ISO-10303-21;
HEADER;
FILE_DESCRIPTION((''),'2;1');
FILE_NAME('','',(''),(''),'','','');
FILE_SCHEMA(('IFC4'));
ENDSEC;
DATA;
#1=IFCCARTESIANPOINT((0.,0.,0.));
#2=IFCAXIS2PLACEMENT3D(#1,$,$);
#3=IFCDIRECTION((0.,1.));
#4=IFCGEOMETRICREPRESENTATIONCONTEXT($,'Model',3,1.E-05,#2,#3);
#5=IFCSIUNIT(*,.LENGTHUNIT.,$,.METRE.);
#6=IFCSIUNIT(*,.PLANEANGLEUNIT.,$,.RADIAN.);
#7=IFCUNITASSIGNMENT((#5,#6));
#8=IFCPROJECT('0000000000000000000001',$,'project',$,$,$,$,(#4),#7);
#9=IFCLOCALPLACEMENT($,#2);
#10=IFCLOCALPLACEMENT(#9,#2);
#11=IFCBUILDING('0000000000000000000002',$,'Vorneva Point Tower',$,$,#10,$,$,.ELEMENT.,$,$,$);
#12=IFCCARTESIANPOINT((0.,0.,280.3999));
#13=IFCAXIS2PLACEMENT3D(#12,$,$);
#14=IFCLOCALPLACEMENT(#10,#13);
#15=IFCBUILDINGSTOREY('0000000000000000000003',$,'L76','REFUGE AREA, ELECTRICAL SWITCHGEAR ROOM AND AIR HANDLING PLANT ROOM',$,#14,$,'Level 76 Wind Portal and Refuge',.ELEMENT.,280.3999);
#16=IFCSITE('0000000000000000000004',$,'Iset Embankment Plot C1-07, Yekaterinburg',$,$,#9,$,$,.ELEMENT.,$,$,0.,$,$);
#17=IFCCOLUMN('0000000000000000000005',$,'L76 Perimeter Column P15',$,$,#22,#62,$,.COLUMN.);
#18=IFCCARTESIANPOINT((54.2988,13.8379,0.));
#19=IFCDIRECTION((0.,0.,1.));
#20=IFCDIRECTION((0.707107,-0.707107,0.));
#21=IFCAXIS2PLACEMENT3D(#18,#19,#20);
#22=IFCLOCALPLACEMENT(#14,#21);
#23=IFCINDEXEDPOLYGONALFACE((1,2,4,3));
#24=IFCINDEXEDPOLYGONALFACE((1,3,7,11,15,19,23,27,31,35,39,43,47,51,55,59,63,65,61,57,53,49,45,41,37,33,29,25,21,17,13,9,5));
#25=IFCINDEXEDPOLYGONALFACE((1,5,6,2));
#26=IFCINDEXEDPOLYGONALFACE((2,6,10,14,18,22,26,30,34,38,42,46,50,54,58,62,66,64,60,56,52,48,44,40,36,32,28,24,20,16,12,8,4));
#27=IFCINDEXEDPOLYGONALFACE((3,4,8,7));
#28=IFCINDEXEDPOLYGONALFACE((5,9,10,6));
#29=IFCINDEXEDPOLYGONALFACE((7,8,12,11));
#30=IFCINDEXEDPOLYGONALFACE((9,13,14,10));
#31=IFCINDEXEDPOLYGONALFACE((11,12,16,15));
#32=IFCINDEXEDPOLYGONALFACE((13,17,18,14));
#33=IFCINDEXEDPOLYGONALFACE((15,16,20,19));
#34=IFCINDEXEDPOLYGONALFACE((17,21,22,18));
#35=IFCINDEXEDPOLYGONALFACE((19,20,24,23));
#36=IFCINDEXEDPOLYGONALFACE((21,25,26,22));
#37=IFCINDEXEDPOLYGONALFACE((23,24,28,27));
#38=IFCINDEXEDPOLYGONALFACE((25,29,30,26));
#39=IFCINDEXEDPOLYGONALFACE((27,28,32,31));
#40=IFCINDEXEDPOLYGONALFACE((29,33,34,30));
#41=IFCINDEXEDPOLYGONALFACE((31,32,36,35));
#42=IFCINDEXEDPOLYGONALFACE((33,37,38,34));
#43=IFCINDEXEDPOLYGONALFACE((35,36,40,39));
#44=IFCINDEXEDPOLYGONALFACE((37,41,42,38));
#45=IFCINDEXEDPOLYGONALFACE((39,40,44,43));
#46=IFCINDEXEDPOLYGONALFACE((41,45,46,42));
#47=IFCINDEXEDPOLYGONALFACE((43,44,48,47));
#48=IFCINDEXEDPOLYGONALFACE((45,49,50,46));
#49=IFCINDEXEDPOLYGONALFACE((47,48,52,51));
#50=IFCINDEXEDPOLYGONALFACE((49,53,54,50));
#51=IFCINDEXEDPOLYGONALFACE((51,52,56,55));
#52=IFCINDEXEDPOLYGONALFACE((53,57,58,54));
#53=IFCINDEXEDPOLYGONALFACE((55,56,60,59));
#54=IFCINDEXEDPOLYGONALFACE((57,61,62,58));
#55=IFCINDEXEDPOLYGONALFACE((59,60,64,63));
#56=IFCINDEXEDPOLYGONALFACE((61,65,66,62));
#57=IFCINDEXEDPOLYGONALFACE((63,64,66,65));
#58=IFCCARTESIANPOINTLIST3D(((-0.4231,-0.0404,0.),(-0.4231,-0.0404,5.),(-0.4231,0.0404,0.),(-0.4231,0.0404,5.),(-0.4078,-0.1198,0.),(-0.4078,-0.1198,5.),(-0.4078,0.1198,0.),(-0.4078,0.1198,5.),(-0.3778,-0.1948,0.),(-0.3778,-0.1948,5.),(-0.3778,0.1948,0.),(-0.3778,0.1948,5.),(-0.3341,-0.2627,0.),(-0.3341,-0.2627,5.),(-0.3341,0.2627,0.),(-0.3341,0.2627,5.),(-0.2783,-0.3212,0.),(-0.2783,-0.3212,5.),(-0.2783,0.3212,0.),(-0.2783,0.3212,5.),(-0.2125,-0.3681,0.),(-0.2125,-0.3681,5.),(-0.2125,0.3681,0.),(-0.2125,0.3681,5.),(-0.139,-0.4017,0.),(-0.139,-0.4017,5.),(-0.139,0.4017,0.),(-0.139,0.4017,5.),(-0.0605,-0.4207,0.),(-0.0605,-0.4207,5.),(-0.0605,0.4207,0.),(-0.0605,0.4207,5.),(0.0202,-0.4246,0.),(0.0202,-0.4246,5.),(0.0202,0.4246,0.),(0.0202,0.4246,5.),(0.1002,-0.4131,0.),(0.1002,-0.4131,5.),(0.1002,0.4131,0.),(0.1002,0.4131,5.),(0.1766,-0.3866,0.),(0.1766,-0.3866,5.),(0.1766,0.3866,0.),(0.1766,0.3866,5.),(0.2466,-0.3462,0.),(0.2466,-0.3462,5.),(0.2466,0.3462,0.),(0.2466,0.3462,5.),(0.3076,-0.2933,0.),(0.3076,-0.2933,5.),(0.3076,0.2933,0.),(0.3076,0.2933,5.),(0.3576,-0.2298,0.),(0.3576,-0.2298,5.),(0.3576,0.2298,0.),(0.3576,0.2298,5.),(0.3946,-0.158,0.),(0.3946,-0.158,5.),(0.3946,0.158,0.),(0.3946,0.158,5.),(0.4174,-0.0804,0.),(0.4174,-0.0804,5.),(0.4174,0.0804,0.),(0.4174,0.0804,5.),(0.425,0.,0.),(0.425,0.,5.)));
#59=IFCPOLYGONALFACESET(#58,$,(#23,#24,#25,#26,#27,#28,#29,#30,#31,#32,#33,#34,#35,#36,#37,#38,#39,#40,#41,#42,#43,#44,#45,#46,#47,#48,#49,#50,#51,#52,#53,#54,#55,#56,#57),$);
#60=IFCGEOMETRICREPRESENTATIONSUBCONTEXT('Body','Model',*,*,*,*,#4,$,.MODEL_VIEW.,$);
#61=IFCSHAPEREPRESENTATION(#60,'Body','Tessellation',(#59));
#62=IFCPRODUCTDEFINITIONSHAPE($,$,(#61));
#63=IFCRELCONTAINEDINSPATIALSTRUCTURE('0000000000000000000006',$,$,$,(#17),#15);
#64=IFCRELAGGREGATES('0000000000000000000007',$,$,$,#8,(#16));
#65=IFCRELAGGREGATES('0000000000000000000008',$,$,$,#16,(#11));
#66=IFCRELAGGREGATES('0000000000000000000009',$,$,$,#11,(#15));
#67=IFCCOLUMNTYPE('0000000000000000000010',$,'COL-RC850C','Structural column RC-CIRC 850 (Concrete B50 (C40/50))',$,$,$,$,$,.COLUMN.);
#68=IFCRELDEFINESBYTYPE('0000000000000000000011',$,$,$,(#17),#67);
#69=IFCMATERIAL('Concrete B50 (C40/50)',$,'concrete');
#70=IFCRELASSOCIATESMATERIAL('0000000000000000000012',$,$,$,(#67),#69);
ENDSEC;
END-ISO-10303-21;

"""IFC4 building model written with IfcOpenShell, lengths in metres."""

from ifc_helpers import new_model, si_unit, direction, frame, origin, origin_2d, place, context, subcontext, project, spatial, circle, extrude, material, material_profile, profile_set, type_object, element, save


model = new_model("IFC4")

# Units and contexts
model_context = context("Model", 3, precision=1e-05, world=origin(), true_north=direction((0.0, 1.0)))
body_context = subcontext(model_context, "Body", "Model", "MODEL_VIEW")
ifc_project = project(units=[si_unit("LENGTHUNIT", "METRE"), si_unit("PLANEANGLEUNIT", "RADIAN")], contexts=[model_context])

# Site, building, storey
site_placement = place(None, origin())
site = spatial("IfcSite", under=ifc_project, at=site_placement, Name="Iset Embankment Plot C1-07, Yekaterinburg", CompositionType="ELEMENT", RefElevation=0.0)
building_placement = place(site_placement, origin())
building = spatial("IfcBuilding", under=site, at=building_placement, Name="Vorneva Point Tower", CompositionType="ELEMENT")
storey_placement = place(building_placement, frame((0.0, 0.0, 280.3999)))
storey = spatial("IfcBuildingStorey", under=building, at=storey_placement, Name="L76", Description="REFUGE AREA, ELECTRICAL SWITCHGEAR ROOM AND AIR HANDLING PLANT ROOM", LongName="Level 76 Wind Portal and Refuge", CompositionType="ELEMENT", Elevation=280.3999)

# Column
ifc_material_1 = material(Name="Concrete B50 (C40/50)", Category="concrete")
ifc_material_profile_1 = material_profile(ifc_material_1, circle(Radius=0.425, at=origin_2d()), Name="RC-CIRC 850")
ifc_profile_set_1 = profile_set([ifc_material_profile_1], Name="Concrete B50 (C40/50)")
column_type = type_object("IfcColumnType", Name="COL-RC850C", Description="Structural column RC-CIRC 850 (Concrete B50 (C40/50))", PredefinedType="COLUMN", material=ifc_profile_set_1)
for number, where, z_axis, x_axis, name in (
    (1, (54.2988, 13.8379, 0.0), (0.0, 0.0, 1.0), (0.707107, -0.707107, 0.0), "L76 Perimeter Column P15"),
):
    element("IfcColumn", number, at=place(storey_placement, frame(where, z_axis=z_axis, x_axis=x_axis)), inside=storey, type_object=column_type, Name=name, PredefinedType="COLUMN", context=body_context, shape_type="SweptSolid", body=[
        extrude(circle(Radius=0.425, at=origin_2d()), origin(), (0.0, 0.0, 1.0), 5.0),
    ])

save(model, "model.ifc")
